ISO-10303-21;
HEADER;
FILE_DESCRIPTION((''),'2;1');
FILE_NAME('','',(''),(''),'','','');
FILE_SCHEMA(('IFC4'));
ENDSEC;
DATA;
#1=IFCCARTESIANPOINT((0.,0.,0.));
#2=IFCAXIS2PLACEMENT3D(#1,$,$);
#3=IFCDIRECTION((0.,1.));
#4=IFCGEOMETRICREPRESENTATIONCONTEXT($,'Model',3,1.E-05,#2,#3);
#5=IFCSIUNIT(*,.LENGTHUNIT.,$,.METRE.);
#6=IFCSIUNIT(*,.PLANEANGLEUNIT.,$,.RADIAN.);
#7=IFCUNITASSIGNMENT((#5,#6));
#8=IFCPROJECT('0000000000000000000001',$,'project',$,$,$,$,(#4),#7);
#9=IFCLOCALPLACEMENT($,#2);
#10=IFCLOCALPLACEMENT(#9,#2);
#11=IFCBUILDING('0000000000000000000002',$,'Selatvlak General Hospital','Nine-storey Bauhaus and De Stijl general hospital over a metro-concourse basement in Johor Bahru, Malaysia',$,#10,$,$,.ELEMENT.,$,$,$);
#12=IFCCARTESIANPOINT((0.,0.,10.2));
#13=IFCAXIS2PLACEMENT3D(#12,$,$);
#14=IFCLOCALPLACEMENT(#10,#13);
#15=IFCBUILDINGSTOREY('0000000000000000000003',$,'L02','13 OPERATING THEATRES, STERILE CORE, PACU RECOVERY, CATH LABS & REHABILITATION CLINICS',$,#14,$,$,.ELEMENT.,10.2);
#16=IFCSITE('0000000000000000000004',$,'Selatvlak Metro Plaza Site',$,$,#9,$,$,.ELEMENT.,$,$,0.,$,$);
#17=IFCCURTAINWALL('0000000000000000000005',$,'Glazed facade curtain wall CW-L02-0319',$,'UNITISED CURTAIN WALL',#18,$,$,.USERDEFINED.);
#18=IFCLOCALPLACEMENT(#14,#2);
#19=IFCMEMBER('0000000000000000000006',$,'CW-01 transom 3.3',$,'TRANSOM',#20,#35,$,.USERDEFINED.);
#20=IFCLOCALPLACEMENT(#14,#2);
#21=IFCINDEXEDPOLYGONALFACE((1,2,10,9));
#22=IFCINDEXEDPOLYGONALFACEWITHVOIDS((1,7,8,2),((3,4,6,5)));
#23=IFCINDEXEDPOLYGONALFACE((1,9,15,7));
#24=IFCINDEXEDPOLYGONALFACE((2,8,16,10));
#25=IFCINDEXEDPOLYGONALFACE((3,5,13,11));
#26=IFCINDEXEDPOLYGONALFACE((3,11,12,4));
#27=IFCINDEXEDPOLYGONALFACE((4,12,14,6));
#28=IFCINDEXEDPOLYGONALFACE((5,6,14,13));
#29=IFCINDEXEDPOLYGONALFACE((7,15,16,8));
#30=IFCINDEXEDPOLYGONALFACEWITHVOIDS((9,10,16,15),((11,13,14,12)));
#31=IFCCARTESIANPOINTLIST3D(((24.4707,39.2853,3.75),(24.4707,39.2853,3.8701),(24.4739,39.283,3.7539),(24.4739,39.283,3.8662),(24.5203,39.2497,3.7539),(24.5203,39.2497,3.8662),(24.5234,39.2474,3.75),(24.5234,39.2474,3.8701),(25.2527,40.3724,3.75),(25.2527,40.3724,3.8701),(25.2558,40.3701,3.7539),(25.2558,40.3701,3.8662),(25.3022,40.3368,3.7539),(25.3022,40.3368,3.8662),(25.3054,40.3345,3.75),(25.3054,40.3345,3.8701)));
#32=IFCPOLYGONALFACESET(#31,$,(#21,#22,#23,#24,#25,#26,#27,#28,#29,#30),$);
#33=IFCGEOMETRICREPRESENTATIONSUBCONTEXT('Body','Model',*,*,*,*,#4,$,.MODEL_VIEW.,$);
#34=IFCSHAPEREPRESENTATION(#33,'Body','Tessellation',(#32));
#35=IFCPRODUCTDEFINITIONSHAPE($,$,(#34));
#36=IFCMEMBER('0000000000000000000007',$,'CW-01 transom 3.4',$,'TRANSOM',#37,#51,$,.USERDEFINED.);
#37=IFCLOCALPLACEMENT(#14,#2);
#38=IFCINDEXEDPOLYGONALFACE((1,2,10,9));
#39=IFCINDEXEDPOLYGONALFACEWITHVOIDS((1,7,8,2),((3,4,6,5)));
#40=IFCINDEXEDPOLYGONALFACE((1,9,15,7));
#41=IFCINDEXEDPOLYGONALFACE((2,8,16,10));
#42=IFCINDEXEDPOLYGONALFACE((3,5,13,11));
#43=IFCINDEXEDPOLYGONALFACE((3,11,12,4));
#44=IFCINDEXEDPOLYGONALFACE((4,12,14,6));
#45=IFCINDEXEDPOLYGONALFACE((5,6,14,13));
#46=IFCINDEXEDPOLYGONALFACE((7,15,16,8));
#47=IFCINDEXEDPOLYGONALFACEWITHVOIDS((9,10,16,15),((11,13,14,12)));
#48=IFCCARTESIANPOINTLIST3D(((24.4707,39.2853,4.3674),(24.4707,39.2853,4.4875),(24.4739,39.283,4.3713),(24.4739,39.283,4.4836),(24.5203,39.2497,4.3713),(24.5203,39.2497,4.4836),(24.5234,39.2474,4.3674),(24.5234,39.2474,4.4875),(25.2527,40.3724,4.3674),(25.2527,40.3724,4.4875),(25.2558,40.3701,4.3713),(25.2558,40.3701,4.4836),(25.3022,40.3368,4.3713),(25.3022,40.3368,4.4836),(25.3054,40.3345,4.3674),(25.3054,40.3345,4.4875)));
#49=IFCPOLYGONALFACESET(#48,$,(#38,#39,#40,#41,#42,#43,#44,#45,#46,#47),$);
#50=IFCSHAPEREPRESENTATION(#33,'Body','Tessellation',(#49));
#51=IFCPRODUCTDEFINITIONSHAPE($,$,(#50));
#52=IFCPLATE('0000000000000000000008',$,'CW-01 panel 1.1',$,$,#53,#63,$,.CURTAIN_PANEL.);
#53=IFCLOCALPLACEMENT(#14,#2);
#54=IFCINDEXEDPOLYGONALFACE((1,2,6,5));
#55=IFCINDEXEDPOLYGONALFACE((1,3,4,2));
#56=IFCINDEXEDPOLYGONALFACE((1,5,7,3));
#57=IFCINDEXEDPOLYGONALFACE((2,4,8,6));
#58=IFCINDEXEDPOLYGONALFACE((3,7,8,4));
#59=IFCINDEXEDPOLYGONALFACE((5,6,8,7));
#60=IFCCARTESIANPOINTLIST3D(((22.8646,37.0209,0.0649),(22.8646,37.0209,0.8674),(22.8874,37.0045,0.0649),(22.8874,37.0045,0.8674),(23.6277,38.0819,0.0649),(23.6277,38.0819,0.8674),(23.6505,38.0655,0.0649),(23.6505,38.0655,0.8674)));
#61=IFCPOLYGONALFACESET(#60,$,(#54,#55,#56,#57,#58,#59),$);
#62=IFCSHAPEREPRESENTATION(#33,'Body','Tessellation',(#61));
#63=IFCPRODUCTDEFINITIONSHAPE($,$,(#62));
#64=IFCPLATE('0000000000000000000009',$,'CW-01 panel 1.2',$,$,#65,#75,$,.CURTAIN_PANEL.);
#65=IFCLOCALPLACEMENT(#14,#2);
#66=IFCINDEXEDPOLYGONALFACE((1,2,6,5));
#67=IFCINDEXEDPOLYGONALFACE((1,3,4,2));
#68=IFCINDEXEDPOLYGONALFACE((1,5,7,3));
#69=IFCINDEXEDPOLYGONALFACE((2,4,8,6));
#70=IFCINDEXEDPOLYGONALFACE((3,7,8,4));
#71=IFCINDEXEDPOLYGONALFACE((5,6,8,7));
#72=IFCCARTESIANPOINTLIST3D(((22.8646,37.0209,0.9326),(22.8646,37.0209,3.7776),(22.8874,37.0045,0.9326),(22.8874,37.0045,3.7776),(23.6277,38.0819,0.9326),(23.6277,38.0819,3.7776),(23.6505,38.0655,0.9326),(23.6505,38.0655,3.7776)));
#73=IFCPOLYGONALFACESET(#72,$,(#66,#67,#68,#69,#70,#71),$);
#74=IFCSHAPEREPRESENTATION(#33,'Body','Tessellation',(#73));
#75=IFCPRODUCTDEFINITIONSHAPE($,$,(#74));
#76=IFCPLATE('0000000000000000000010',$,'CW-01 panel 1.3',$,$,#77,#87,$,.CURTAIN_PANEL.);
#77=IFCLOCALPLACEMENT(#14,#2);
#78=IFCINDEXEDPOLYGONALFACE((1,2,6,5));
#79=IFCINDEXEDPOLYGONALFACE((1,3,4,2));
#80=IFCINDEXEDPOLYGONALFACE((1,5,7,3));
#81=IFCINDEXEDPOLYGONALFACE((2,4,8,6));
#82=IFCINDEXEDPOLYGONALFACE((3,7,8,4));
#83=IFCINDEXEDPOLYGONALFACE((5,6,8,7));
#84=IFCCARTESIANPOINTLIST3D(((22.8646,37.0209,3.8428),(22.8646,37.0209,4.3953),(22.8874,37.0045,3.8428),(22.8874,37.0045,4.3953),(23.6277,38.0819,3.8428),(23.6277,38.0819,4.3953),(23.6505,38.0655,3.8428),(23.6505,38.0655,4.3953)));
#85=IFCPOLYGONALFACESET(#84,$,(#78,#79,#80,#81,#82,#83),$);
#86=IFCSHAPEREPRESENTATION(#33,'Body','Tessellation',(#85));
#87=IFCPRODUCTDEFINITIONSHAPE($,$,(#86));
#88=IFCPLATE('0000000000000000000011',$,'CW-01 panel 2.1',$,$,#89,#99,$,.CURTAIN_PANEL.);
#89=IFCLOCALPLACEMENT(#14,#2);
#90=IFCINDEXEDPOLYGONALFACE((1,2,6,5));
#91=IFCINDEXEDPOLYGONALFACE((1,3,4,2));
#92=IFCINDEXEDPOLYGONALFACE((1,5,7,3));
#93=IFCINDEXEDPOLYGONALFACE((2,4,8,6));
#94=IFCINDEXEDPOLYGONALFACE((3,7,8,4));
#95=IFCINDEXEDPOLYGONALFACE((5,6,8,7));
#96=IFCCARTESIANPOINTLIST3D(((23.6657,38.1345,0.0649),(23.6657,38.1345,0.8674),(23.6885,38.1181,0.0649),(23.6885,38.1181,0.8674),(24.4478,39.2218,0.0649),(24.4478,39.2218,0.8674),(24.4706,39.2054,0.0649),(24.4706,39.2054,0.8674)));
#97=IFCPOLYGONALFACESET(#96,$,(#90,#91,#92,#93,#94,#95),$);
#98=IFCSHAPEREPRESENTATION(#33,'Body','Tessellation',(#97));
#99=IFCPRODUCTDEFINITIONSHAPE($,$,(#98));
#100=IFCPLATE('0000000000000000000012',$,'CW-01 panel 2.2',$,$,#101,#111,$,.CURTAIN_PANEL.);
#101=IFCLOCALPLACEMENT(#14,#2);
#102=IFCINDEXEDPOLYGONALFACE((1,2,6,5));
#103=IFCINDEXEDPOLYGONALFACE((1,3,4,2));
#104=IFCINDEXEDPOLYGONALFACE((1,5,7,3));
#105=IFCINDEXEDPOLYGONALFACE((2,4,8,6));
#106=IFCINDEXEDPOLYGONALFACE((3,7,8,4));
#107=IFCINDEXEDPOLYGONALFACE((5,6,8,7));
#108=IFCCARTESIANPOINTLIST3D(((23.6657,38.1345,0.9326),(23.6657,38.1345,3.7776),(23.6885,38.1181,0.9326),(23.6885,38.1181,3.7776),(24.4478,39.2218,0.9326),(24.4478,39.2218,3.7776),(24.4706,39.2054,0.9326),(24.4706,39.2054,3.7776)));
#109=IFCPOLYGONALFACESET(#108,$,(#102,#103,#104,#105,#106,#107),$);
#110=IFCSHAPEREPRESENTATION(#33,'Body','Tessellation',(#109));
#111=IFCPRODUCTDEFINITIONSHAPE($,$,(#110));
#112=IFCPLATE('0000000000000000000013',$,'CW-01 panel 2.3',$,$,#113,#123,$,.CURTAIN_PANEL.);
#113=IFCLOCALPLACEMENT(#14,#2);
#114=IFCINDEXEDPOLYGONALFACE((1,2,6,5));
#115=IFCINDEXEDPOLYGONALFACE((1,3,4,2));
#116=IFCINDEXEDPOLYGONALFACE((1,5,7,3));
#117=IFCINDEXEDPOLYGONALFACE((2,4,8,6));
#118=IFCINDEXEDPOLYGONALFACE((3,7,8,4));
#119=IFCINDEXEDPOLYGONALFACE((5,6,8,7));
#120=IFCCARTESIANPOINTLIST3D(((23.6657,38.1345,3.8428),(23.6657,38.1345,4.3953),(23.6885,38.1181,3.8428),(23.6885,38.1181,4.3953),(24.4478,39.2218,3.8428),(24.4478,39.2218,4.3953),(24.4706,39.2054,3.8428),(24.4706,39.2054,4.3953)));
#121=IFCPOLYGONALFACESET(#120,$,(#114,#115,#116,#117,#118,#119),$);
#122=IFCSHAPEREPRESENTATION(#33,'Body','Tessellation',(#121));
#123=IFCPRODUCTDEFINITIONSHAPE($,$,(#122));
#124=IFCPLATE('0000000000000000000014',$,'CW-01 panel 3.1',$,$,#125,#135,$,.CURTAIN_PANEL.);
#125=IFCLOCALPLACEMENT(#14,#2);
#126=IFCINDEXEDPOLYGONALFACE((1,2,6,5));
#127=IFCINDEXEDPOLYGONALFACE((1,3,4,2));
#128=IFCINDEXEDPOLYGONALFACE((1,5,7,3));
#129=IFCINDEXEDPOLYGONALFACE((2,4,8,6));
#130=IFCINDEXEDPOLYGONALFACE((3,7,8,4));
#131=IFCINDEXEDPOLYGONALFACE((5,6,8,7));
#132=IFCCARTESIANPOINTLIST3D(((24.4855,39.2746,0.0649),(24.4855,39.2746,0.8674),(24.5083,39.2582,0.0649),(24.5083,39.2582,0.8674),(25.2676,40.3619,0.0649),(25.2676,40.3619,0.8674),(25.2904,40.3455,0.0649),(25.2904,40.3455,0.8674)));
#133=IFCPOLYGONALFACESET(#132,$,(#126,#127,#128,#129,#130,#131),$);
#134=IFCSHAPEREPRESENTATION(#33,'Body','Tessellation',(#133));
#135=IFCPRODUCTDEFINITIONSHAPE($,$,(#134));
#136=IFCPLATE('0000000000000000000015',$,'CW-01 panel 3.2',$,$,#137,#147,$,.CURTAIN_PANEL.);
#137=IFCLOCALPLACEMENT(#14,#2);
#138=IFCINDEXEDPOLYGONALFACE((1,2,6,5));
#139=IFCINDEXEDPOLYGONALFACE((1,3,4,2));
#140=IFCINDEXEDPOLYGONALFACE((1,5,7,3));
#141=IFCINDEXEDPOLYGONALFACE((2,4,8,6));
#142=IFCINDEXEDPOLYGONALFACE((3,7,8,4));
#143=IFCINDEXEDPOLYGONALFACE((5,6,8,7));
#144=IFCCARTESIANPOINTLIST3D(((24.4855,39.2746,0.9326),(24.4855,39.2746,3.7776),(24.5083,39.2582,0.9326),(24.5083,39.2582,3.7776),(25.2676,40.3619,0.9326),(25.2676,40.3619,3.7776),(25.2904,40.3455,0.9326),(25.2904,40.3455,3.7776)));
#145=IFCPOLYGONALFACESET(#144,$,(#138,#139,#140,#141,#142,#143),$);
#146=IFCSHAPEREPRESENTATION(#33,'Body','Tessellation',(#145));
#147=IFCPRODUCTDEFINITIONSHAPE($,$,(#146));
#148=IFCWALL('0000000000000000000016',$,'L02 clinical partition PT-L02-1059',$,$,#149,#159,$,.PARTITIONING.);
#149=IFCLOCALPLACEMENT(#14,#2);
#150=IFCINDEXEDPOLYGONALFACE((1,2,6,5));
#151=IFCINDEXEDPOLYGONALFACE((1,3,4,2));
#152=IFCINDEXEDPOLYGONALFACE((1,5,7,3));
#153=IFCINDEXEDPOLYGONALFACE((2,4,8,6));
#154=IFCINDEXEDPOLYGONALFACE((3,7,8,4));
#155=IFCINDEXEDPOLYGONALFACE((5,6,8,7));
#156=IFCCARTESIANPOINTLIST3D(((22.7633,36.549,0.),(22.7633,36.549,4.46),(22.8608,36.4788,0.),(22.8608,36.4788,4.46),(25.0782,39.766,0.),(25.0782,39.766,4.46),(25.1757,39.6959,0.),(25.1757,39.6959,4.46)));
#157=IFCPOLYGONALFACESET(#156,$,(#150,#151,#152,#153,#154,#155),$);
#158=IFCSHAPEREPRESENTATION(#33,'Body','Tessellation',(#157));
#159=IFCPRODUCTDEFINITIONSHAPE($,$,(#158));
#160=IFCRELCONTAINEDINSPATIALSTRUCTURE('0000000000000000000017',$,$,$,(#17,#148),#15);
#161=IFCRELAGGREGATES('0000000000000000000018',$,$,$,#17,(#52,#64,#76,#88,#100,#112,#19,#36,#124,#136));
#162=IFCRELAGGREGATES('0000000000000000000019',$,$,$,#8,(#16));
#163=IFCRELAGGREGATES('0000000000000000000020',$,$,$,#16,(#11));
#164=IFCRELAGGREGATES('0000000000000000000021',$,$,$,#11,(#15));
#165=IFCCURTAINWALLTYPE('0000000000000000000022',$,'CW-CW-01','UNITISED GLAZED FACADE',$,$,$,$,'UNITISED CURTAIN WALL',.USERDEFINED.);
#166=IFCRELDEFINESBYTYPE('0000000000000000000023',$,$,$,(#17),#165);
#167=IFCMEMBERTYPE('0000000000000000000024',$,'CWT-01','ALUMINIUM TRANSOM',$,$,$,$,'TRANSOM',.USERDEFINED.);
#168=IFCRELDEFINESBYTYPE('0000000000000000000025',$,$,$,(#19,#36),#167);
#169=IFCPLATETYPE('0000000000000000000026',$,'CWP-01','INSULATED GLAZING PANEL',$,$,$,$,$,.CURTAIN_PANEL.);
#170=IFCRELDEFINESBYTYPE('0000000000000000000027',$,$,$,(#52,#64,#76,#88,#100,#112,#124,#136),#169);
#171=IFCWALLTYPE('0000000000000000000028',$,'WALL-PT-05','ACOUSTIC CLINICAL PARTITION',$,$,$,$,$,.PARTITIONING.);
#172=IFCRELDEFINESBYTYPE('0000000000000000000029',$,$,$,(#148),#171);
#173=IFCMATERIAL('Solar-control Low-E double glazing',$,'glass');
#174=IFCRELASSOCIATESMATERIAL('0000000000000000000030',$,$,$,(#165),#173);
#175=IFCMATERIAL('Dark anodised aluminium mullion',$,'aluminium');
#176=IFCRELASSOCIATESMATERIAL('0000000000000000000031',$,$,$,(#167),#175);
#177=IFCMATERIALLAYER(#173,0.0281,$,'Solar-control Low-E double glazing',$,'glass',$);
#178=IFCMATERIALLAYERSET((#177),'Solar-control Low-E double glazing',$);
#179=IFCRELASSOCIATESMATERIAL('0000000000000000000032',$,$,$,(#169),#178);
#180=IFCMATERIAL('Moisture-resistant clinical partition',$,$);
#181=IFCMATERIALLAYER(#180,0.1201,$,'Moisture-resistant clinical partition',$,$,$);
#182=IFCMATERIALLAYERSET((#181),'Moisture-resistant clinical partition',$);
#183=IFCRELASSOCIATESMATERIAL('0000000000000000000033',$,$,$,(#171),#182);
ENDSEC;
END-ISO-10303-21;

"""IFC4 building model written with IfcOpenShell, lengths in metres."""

from ifc_helpers import new_model, si_unit, direction, frame, frame_2d, origin, origin_2d, place, context, subcontext, project, spatial, rectangle, hollow_rectangle, extrude, material, layer, layer_set, material_profile, profile_set, type_object, element, aggregate, save


model = new_model("IFC4")

# Units and contexts
model_context = context("Model", 3, precision=1e-05, world=origin(), true_north=direction((0.0, 1.0)))
body_context = subcontext(model_context, "Body", "Model", "MODEL_VIEW")
ifc_project = project(units=[si_unit("LENGTHUNIT", "METRE"), si_unit("PLANEANGLEUNIT", "RADIAN")], contexts=[model_context])

# Site, building, storey
site_placement = place(None, origin())
site = spatial("IfcSite", under=ifc_project, at=site_placement, Name="Selatvlak Metro Plaza Site", CompositionType="ELEMENT", RefElevation=0.0)
building_placement = place(site_placement, origin())
building = spatial("IfcBuilding", under=site, at=building_placement, Name="Selatvlak General Hospital", Description="Nine-storey Bauhaus and De Stijl general hospital over a metro-concourse basement in Johor Bahru, Malaysia", CompositionType="ELEMENT")
storey_placement = place(building_placement, frame((0.0, 0.0, 10.2)))
storey = spatial("IfcBuildingStorey", under=building, at=storey_placement, Name="L02", Description="13 OPERATING THEATRES, STERILE CORE, PACU RECOVERY, CATH LABS & REHABILITATION CLINICS", CompositionType="ELEMENT", Elevation=10.2)

# Curtain wall, members, plates
ifc_material_1 = material(Name="Solar-control Low-E double glazing", Category="glass")
curtain_wall_type = type_object("IfcCurtainWallType", Name="CW-CW-01", Description="UNITISED GLAZED FACADE", ElementType="UNITISED CURTAIN WALL", PredefinedType="USERDEFINED", material=ifc_material_1)
curtain_wall_placement = place(storey_placement, origin())
curtain_wall = element("IfcCurtainWall", 1, at=curtain_wall_placement, inside=storey, type_object=curtain_wall_type, Name="Glazed facade curtain wall CW-L02-0319", ObjectType="UNITISED CURTAIN WALL", PredefinedType="USERDEFINED")
ifc_material_2 = material(Name="Dark anodised aluminium mullion", Category="aluminium")
ifc_material_profile_1 = material_profile(ifc_material_2, hollow_rectangle(XDim=0.0649, YDim=0.1201, WallThickness=0.0039, at=origin_2d()), Name="AL-TRN 65x120x4")
ifc_profile_set_1 = profile_set([ifc_material_profile_1], Name="Dark anodised aluminium mullion")
member_type_1 = type_object("IfcMemberType", Name="CWT-01", Description="ALUMINIUM TRANSOM", ElementType="TRANSOM", PredefinedType="USERDEFINED", material=ifc_profile_set_1)
member_1_placement = place(storey_placement, frame((24.4971, 39.2664, 3.8101), z_axis=(0.583925, 0.811807, 0.0), x_axis=(-0.811807, 0.583925, 0.0)))
member_1 = element("IfcMember", 2, at=member_1_placement, type_object=member_type_1, Name="CW-01 transom 3.3", ObjectType="TRANSOM", PredefinedType="USERDEFINED", context=body_context, shape_type="SweptSolid", body=[
    extrude(hollow_rectangle(XDim=0.0649, YDim=0.1201, WallThickness=0.0039, at=origin_2d()), origin(), (0.0, 0.0, 1.0), 1.3391),
])
member_2_placement = place(storey_placement, frame((24.4971, 39.2664, 4.4275), z_axis=(0.583925, 0.811807, 0.0), x_axis=(-0.811807, 0.583925, 0.0)))
member_2 = element("IfcMember", 3, at=member_2_placement, type_object=member_type_1, Name="CW-01 transom 3.4", ObjectType="TRANSOM", PredefinedType="USERDEFINED", context=body_context, shape_type="SweptSolid", body=[
    extrude(hollow_rectangle(XDim=0.0649, YDim=0.1201, WallThickness=0.0039, at=origin_2d()), origin(), (0.0, 0.0, 1.0), 1.3391),
])
ifc_layer_1 = layer(ifc_material_1, 0.0281, Name="Solar-control Low-E double glazing", Category="glass")
ifc_layer_set_1 = layer_set([ifc_layer_1], Name="Solar-control Low-E double glazing")
plate_type = type_object("IfcPlateType", Name="CWP-01", Description="INSULATED GLAZING PANEL", PredefinedType="CURTAIN_PANEL", material=ifc_layer_set_1)
plate_1_placement = place(storey_placement, frame((23.2576, 37.5432, 0.0649), z_axis=(0.0, 0.0, 1.0), x_axis=(0.583929, 0.811804, 0.0)))
plate_1 = element("IfcPlate", 4, at=plate_1_placement, type_object=plate_type, Name="CW-01 panel 1.1", PredefinedType="CURTAIN_PANEL", context=body_context, shape_type="SweptSolid", body=[
    extrude(rectangle(XDim=1.3069, YDim=0.0281, at=origin_2d()), origin(), (0.0, 0.0, 1.0), 0.8025),
])
plate_2_placement = place(storey_placement, frame((23.2576, 37.5432, 0.9326), z_axis=(0.0, 0.0, 1.0), x_axis=(0.583929, 0.811804, 0.0)))
plate_2 = element("IfcPlate", 5, at=plate_2_placement, type_object=plate_type, Name="CW-01 panel 1.2", PredefinedType="CURTAIN_PANEL", context=body_context, shape_type="SweptSolid", body=[
    extrude(rectangle(XDim=1.3069, YDim=0.0281, at=origin_2d()), origin(), (0.0, 0.0, 1.0), 2.845),
])
plate_3_placement = place(storey_placement, frame((23.2576, 37.5432, 3.8428), z_axis=(0.0, 0.0, 1.0), x_axis=(0.583929, 0.811804, 0.0)))
plate_3 = element("IfcPlate", 6, at=plate_3_placement, type_object=plate_type, Name="CW-01 panel 1.3", PredefinedType="CURTAIN_PANEL", context=body_context, shape_type="SweptSolid", body=[
    extrude(rectangle(XDim=1.3069, YDim=0.0281, at=origin_2d()), origin(), (0.0, 0.0, 1.0), 0.5525),
])
plate_4_placement = place(storey_placement, frame((24.0681, 38.6699, 0.0649), z_axis=(0.0, 0.0, 1.0), x_axis=(0.583929, 0.811804, 0.0)))
plate_4 = element("IfcPlate", 7, at=plate_4_placement, type_object=plate_type, Name="CW-01 panel 2.1", PredefinedType="CURTAIN_PANEL", context=body_context, shape_type="SweptSolid", body=[
    extrude(rectangle(XDim=1.3394, YDim=0.0281, at=origin_2d()), origin(), (0.0, 0.0, 1.0), 0.8025),
])
plate_5_placement = place(storey_placement, frame((24.0681, 38.6699, 0.9326), z_axis=(0.0, 0.0, 1.0), x_axis=(0.583929, 0.811804, 0.0)))
plate_5 = element("IfcPlate", 8, at=plate_5_placement, type_object=plate_type, Name="CW-01 panel 2.2", PredefinedType="CURTAIN_PANEL", context=body_context, shape_type="SweptSolid", body=[
    extrude(rectangle(XDim=1.3394, YDim=0.0281, at=origin_2d()), origin(), (0.0, 0.0, 1.0), 2.845),
])
plate_6_placement = place(storey_placement, frame((24.0681, 38.6699, 3.8428), z_axis=(0.0, 0.0, 1.0), x_axis=(0.583929, 0.811804, 0.0)))
plate_6 = element("IfcPlate", 9, at=plate_6_placement, type_object=plate_type, Name="CW-01 panel 2.3", PredefinedType="CURTAIN_PANEL", context=body_context, shape_type="SweptSolid", body=[
    extrude(rectangle(XDim=1.3394, YDim=0.0281, at=origin_2d()), origin(), (0.0, 0.0, 1.0), 0.5525),
])
plate_7_placement = place(storey_placement, frame((24.8879, 39.8101, 0.0649), z_axis=(0.0, 0.0, 1.0), x_axis=(0.583929, 0.811804, 0.0)))
plate_7 = element("IfcPlate", 10, at=plate_7_placement, type_object=plate_type, Name="CW-01 panel 3.1", PredefinedType="CURTAIN_PANEL", context=body_context, shape_type="SweptSolid", body=[
    extrude(rectangle(XDim=1.3394, YDim=0.0281, at=origin_2d()), origin(), (0.0, 0.0, 1.0), 0.8025),
])
plate_8_placement = place(storey_placement, frame((24.8879, 39.8101, 0.9326), z_axis=(0.0, 0.0, 1.0), x_axis=(0.583929, 0.811804, 0.0)))
plate_8 = element("IfcPlate", 11, at=plate_8_placement, type_object=plate_type, Name="CW-01 panel 3.2", PredefinedType="CURTAIN_PANEL", context=body_context, shape_type="SweptSolid", body=[
    extrude(rectangle(XDim=1.3394, YDim=0.0281, at=origin_2d()), origin(), (0.0, 0.0, 1.0), 2.845),
])
aggregate(curtain_wall, [plate_1, plate_2, plate_3, plate_4, plate_5, plate_6, member_1, member_2, plate_7, plate_8])

# Wall
ifc_material_3 = material(Name="Moisture-resistant clinical partition")
ifc_layer_2 = layer(ifc_material_3, 0.1201, Name="Moisture-resistant clinical partition")
ifc_layer_set_2 = layer_set([ifc_layer_2], Name="Moisture-resistant clinical partition")
wall_type = type_object("IfcWallType", Name="WALL-PT-05", Description="ACOUSTIC CLINICAL PARTITION", PredefinedType="PARTITIONING", material=ifc_layer_set_2)
wall_placement = place(storey_placement, frame((25.127, 39.731, 0.0), z_axis=(0.0, 0.0, 1.0), x_axis=(-0.584084, -0.811693, 0.0)))
element("IfcWall", 12, at=wall_placement, inside=storey, type_object=wall_type, Name="L02 clinical partition PT-L02-1059", PredefinedType="PARTITIONING", context=body_context, shape_type="SweptSolid", body=[
    extrude(rectangle(XDim=3.9634, YDim=0.1201, at=frame_2d((1.9817, 0.0))), origin(), (0.0, 0.0, 1.0), 4.46),
])

save(model, "model.ifc")
